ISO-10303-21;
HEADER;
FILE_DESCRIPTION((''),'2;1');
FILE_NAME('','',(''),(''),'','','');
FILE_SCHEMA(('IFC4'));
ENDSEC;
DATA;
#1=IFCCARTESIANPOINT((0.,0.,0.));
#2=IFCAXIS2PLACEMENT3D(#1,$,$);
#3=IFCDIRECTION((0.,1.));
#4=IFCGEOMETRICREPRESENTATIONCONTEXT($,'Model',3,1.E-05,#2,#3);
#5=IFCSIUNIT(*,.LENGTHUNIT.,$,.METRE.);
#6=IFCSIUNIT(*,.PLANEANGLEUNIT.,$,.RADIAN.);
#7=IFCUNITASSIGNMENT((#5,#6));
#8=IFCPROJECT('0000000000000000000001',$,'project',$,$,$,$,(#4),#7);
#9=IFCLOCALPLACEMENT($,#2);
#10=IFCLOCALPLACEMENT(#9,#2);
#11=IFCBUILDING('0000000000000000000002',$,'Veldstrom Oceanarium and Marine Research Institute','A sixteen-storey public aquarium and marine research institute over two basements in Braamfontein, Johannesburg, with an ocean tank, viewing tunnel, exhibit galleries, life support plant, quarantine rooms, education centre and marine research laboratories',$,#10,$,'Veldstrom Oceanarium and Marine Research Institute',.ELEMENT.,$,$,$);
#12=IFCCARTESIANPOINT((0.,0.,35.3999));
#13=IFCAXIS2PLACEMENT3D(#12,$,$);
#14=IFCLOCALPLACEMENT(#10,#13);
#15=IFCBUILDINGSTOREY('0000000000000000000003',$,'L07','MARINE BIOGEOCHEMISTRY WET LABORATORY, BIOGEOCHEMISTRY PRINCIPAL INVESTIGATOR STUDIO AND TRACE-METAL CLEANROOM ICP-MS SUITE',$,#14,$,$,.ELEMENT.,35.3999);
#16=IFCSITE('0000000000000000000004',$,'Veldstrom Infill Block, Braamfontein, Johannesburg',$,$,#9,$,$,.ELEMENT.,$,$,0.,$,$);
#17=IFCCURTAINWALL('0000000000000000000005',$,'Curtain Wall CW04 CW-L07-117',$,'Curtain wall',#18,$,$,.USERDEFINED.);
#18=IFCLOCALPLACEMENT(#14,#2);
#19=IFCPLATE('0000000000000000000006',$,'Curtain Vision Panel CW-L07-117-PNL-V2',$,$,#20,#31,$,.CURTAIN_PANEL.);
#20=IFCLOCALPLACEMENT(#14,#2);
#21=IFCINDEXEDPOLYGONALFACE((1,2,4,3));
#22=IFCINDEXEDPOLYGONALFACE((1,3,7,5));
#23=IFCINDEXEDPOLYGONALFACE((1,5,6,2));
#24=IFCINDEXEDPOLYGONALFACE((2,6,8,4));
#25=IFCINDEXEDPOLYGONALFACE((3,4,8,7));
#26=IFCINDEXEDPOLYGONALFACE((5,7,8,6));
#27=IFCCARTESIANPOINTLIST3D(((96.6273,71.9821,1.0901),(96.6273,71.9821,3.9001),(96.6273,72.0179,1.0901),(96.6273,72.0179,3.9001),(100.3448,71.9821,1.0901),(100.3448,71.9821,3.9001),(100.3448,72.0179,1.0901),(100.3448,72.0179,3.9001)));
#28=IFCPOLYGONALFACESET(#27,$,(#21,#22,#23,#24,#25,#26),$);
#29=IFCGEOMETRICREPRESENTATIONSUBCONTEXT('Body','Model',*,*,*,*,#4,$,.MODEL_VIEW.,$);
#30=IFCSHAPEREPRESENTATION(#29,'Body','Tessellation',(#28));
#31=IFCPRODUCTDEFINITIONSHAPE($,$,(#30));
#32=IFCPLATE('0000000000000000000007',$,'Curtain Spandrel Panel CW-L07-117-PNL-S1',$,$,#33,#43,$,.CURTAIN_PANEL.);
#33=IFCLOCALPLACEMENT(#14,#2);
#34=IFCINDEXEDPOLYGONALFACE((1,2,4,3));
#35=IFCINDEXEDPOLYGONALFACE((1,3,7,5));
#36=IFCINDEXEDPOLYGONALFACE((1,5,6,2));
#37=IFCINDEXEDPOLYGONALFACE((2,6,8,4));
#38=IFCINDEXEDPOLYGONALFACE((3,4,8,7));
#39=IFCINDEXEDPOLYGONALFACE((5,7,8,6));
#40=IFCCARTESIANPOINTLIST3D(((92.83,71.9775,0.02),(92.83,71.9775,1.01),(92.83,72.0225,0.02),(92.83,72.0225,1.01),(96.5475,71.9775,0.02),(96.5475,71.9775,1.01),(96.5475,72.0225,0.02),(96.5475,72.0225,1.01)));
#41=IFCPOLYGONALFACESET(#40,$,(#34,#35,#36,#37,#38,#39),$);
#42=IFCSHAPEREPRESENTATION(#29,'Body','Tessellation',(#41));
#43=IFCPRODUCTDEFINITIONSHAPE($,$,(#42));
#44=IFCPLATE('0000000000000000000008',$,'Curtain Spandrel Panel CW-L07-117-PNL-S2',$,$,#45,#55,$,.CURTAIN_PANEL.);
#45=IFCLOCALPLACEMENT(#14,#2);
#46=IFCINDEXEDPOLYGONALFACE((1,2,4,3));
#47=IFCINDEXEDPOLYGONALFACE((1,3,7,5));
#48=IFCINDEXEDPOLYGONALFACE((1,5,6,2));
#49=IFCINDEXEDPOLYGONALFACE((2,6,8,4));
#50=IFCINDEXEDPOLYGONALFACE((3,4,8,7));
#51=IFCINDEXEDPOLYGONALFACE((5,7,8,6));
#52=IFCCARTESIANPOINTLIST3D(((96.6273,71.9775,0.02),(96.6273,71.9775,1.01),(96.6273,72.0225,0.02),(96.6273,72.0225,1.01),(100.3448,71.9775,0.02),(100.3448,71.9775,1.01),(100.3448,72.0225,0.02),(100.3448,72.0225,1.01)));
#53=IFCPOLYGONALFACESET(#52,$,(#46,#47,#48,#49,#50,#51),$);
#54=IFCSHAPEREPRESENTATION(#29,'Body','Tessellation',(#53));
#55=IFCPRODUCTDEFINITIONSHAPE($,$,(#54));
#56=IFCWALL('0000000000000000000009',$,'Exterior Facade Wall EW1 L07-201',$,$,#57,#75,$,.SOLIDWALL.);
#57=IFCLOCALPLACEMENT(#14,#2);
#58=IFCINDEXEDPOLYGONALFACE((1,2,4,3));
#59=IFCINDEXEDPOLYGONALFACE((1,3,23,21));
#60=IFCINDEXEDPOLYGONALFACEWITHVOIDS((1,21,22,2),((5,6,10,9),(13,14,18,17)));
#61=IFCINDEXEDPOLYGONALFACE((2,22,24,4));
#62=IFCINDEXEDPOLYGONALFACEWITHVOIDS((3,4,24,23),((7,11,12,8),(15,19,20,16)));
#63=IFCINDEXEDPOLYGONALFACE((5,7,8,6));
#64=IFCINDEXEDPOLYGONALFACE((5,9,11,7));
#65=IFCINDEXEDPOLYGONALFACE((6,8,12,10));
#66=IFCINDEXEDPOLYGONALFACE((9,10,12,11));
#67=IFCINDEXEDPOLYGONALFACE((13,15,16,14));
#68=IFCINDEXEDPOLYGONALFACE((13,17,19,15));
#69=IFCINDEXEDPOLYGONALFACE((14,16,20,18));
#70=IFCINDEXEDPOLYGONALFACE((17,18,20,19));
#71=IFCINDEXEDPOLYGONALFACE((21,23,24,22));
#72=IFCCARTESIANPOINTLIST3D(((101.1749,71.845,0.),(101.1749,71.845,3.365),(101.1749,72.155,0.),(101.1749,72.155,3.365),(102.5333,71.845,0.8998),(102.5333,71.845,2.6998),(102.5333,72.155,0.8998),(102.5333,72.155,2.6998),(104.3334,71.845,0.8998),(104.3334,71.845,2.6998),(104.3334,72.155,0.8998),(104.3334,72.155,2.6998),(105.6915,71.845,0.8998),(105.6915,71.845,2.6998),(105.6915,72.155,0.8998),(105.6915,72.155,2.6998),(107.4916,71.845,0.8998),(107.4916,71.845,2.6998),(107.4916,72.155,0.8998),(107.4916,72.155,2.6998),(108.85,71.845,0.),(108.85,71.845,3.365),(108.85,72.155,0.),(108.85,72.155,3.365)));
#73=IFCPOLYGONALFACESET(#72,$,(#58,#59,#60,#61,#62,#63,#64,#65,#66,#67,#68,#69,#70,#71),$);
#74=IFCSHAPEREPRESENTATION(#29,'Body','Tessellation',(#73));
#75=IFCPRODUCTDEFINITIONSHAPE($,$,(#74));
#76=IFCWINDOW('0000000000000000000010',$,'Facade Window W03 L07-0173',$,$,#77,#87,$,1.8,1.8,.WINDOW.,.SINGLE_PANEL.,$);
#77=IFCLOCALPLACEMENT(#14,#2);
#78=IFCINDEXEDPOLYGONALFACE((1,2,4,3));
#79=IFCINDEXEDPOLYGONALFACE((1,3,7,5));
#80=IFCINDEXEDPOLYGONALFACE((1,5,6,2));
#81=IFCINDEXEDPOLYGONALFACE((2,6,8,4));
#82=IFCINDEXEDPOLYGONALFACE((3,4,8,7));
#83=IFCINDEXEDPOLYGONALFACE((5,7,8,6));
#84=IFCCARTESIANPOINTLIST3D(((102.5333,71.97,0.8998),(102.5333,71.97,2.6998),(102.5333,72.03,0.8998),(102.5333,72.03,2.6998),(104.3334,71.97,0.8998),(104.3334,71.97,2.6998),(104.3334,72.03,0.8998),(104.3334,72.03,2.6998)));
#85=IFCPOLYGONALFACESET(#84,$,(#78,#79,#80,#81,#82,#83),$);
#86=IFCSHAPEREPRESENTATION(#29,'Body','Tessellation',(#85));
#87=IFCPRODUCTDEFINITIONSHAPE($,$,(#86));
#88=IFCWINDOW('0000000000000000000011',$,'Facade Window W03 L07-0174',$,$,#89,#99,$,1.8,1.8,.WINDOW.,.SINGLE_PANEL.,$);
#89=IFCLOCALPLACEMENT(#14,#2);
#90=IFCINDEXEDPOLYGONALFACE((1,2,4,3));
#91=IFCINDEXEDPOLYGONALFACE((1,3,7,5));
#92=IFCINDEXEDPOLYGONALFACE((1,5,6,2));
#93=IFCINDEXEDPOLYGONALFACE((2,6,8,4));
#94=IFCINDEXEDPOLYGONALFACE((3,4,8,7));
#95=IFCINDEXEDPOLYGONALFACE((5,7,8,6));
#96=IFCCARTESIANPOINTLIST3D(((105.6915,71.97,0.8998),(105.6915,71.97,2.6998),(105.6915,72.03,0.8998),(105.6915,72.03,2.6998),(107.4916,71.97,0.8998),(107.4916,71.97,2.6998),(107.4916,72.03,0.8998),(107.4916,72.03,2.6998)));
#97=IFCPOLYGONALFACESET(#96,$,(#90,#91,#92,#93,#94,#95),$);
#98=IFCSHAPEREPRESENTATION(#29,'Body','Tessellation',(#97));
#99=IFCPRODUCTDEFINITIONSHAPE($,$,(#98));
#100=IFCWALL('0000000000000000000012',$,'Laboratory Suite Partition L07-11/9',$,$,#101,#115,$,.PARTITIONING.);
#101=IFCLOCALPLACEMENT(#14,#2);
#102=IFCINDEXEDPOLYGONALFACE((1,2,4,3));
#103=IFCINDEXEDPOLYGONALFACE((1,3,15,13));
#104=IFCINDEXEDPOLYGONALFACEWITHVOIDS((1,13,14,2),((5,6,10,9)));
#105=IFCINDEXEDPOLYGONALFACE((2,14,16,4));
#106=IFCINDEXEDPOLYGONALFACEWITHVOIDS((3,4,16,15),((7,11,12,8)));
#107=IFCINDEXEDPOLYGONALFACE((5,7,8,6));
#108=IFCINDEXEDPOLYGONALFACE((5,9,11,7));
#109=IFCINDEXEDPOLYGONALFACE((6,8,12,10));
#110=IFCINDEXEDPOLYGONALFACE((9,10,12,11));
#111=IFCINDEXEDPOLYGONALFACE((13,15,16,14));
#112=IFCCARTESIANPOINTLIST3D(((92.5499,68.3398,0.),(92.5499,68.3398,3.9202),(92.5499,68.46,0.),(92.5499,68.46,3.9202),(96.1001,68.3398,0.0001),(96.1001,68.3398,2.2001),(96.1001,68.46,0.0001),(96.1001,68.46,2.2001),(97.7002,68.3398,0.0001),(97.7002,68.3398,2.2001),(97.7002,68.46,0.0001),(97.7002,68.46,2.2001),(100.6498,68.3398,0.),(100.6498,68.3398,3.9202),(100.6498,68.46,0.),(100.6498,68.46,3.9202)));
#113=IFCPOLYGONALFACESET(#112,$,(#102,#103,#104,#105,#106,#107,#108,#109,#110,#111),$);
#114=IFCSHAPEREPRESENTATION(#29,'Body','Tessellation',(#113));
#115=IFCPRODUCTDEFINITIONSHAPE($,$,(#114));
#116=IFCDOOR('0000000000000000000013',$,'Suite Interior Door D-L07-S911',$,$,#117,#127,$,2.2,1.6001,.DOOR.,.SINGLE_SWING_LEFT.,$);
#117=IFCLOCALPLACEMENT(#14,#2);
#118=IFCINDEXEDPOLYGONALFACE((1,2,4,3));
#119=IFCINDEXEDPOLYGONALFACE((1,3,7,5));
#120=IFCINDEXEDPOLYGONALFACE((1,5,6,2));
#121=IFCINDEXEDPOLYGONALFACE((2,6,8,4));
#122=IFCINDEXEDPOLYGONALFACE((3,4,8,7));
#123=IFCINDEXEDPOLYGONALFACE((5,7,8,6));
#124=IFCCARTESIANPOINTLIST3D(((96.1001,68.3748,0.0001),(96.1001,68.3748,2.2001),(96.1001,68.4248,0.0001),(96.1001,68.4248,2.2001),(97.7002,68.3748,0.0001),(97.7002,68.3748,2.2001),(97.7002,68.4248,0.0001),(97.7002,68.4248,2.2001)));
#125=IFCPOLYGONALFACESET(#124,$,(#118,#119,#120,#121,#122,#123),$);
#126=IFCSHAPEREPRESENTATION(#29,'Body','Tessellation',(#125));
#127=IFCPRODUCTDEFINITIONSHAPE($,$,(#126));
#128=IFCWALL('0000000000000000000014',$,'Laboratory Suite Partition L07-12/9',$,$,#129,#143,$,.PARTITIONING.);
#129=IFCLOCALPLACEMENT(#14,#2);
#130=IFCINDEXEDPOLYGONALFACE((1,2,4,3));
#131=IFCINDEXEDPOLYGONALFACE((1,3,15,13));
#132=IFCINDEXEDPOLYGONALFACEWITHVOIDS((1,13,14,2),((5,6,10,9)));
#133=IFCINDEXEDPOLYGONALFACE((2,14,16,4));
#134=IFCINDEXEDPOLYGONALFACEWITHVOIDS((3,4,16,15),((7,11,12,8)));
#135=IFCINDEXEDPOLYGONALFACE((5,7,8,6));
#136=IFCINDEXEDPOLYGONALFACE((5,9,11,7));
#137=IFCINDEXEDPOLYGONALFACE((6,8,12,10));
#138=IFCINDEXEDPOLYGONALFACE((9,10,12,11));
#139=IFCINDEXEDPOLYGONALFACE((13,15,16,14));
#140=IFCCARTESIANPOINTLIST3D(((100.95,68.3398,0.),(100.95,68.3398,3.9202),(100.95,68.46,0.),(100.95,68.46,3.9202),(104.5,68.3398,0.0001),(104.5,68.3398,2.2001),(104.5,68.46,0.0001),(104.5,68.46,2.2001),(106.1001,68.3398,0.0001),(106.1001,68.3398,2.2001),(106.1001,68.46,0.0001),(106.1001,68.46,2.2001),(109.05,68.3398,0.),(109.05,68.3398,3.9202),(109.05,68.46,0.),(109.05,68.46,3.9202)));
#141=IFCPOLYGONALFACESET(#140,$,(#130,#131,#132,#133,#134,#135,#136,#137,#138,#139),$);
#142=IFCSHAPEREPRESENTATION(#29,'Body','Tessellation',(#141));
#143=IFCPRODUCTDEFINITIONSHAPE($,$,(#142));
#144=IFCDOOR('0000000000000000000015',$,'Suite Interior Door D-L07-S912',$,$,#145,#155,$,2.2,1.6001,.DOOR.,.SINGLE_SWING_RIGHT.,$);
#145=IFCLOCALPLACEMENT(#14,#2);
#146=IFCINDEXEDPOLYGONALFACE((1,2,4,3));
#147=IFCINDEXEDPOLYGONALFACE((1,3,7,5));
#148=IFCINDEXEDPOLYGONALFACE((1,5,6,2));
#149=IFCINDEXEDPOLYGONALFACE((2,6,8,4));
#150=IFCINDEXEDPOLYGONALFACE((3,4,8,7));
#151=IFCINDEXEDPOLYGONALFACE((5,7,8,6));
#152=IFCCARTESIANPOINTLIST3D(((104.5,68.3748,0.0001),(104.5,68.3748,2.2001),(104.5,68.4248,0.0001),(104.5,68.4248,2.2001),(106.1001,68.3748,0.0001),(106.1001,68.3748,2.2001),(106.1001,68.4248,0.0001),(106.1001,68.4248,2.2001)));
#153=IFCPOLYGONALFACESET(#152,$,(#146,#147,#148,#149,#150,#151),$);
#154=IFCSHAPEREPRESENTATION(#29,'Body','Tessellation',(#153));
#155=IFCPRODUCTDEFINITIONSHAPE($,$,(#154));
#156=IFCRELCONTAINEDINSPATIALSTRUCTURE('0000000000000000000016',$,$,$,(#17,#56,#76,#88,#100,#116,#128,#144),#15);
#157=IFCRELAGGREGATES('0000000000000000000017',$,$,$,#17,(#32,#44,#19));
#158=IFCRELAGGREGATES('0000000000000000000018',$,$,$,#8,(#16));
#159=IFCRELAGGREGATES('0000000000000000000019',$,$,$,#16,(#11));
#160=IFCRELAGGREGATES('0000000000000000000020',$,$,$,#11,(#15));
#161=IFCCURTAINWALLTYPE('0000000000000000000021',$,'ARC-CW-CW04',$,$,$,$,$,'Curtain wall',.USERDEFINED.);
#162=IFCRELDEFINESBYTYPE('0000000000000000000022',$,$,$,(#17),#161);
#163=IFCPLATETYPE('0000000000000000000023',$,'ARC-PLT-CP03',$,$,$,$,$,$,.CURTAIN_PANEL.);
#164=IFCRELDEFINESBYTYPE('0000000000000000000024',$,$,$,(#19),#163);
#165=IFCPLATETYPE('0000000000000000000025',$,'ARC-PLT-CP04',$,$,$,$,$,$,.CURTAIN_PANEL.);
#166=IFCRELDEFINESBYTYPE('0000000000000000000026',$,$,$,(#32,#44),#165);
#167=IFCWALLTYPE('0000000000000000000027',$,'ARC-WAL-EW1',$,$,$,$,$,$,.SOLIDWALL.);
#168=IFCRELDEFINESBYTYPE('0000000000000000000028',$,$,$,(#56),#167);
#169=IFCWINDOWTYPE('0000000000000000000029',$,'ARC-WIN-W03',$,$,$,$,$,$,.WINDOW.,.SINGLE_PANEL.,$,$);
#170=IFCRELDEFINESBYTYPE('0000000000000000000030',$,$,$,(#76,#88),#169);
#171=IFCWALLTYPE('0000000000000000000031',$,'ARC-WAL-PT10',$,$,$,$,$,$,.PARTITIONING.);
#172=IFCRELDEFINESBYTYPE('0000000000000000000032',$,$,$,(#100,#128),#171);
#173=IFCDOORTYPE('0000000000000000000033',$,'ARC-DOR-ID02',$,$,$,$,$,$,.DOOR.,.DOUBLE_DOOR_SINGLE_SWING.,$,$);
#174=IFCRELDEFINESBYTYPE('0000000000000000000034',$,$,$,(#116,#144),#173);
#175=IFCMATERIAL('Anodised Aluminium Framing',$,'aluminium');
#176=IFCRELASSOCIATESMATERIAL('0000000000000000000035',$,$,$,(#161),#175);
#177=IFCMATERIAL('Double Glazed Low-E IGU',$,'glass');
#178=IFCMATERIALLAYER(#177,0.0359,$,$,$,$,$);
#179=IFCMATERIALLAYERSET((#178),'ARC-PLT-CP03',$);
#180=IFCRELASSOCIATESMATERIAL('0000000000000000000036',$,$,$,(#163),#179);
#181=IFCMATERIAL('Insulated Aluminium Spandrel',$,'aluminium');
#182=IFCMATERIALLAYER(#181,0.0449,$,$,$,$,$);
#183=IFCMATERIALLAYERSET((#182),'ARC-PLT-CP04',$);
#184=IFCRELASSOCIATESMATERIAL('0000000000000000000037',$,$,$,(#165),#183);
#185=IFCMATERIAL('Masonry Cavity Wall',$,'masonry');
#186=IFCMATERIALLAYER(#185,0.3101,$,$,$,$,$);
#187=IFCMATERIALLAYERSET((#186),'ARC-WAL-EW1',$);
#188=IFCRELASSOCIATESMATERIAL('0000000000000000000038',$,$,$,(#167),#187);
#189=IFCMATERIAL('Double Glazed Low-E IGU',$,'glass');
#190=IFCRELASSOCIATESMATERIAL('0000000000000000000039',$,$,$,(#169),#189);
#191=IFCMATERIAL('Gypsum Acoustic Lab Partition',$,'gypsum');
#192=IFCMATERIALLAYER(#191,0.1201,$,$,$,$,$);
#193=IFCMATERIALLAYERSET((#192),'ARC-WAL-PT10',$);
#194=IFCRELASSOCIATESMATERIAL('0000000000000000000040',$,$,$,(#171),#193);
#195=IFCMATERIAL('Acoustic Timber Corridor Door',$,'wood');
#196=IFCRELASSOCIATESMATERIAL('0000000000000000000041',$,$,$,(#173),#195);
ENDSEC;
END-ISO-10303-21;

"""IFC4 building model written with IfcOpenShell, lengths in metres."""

from ifc_helpers import new_model, si_unit, direction, frame, frame_2d, origin, origin_2d, place, context, subcontext, project, spatial, rectangle, extrude, material, layer, layer_set, type_object, element, fill, aggregate, save


model = new_model("IFC4")

# Units and contexts
model_context = context("Model", 3, precision=1e-05, world=origin(), true_north=direction((0.0, 1.0)))
body_context = subcontext(model_context, "Body", "Model", "MODEL_VIEW")
ifc_project = project(units=[si_unit("LENGTHUNIT", "METRE"), si_unit("PLANEANGLEUNIT", "RADIAN")], contexts=[model_context])

# Site, building, storey
site_placement = place(None, origin())
site = spatial("IfcSite", under=ifc_project, at=site_placement, Name="Veldstrom Infill Block, Braamfontein, Johannesburg", CompositionType="ELEMENT", RefElevation=0.0)
building_placement = place(site_placement, origin())
building = spatial("IfcBuilding", under=site, at=building_placement, Name="Veldstrom Oceanarium and Marine Research Institute", Description="A sixteen-storey public aquarium and marine research institute over two basements in Braamfontein, Johannesburg, with an ocean tank, viewing tunnel, exhibit galleries, life support plant, quarantine rooms, education centre and marine research laboratories", LongName="Veldstrom Oceanarium and Marine Research Institute", CompositionType="ELEMENT")
storey_placement = place(building_placement, frame((0.0, 0.0, 35.3999)))
storey = spatial("IfcBuildingStorey", under=building, at=storey_placement, Name="L07", Description="MARINE BIOGEOCHEMISTRY WET LABORATORY, BIOGEOCHEMISTRY PRINCIPAL INVESTIGATOR STUDIO AND TRACE-METAL CLEANROOM ICP-MS SUITE", CompositionType="ELEMENT", Elevation=35.3999)

# Curtain wall
ifc_material_1 = material(Name="Anodised Aluminium Framing", Category="aluminium")
curtain_wall_type = type_object("IfcCurtainWallType", Name="ARC-CW-CW04", ElementType="Curtain wall", PredefinedType="USERDEFINED", material=ifc_material_1)
curtain_wall_placement = place(storey_placement, origin())
curtain_wall = element("IfcCurtainWall", 1, at=curtain_wall_placement, inside=storey, type_object=curtain_wall_type, Name="Curtain Wall CW04 CW-L07-117", ObjectType="Curtain wall", PredefinedType="USERDEFINED")

# Plates
ifc_material_2 = material(Name="Double Glazed Low-E IGU", Category="glass")
ifc_layer_1 = layer(ifc_material_2, 0.0359)
ifc_layer_set_1 = layer_set([ifc_layer_1], Name="ARC-PLT-CP03")
plate_type_1 = type_object("IfcPlateType", Name="ARC-PLT-CP03", PredefinedType="CURTAIN_PANEL", material=ifc_layer_set_1)
plate_1_placement = place(storey_placement, frame((98.4861, 72.0, 1.0901), z_axis=(0.0, 0.0, 1.0), x_axis=(1.0, 0.0, 0.0)))
plate_1 = element("IfcPlate", 2, at=plate_1_placement, type_object=plate_type_1, Name="Curtain Vision Panel CW-L07-117-PNL-V2", PredefinedType="CURTAIN_PANEL", context=body_context, shape_type="SweptSolid", body=[
    extrude(rectangle(XDim=3.7175, YDim=0.0359, at=origin_2d()), origin(), (0.0, 0.0, 1.0), 2.8101),
])
ifc_material_3 = material(Name="Insulated Aluminium Spandrel", Category="aluminium")
ifc_layer_2 = layer(ifc_material_3, 0.0449)
ifc_layer_set_2 = layer_set([ifc_layer_2], Name="ARC-PLT-CP04")
plate_type_2 = type_object("IfcPlateType", Name="ARC-PLT-CP04", PredefinedType="CURTAIN_PANEL", material=ifc_layer_set_2)
plate_2_placement = place(storey_placement, frame((94.6887, 72.0, 0.02), z_axis=(0.0, 0.0, 1.0), x_axis=(1.0, 0.0, 0.0)))
plate_2 = element("IfcPlate", 3, at=plate_2_placement, type_object=plate_type_2, Name="Curtain Spandrel Panel CW-L07-117-PNL-S1", PredefinedType="CURTAIN_PANEL", context=body_context, shape_type="SweptSolid", body=[
    extrude(rectangle(XDim=3.7175, YDim=0.0449, at=origin_2d()), origin(), (0.0, 0.0, 1.0), 0.99),
])
plate_3_placement = place(storey_placement, frame((98.4861, 72.0, 0.02), z_axis=(0.0, 0.0, 1.0), x_axis=(1.0, 0.0, 0.0)))
plate_3 = element("IfcPlate", 4, at=plate_3_placement, type_object=plate_type_2, Name="Curtain Spandrel Panel CW-L07-117-PNL-S2", PredefinedType="CURTAIN_PANEL", context=body_context, shape_type="SweptSolid", body=[
    extrude(rectangle(XDim=3.7175, YDim=0.0449, at=origin_2d()), origin(), (0.0, 0.0, 1.0), 0.99),
])
aggregate(curtain_wall, [plate_2, plate_3, plate_1])

# Wall, openings, windows
ifc_material_4 = material(Name="Masonry Cavity Wall", Category="masonry")
ifc_layer_3 = layer(ifc_material_4, 0.3101)
ifc_layer_set_3 = layer_set([ifc_layer_3], Name="ARC-WAL-EW1")
wall_type_1 = type_object("IfcWallType", Name="ARC-WAL-EW1", PredefinedType="SOLIDWALL", material=ifc_layer_set_3)
wall_1_placement = place(storey_placement, frame((101.175, 72.0, 0.0), z_axis=(0.0, 0.0, 1.0), x_axis=(1.0, 0.0, 0.0)))
wall_1 = element("IfcWall", 5, at=wall_1_placement, inside=storey, type_object=wall_type_1, Name="Exterior Facade Wall EW1 L07-201", PredefinedType="SOLIDWALL", context=body_context, shape_type="SweptSolid", body=[
    extrude(rectangle(XDim=7.675, YDim=0.3101, at=frame_2d((3.8374, 0.0))), origin(), (0.0, 0.0, 1.0), 3.365),
])
opening_1_placement = place(wall_1_placement, frame((1.3584, 0.0, 0.8999)))
opening_1 = element("IfcOpeningElement", 6, at=opening_1_placement, cuts=wall_1, PredefinedType="OPENING", context=body_context, shape_type="SweptSolid", body=[
    extrude(rectangle(XDim=1.8, YDim=1.8, at=frame_2d((0.8999, 0.8999))), frame((0.0, 0.165, 0.0), z_axis=(0.0, -1.0, 0.0), x_axis=(1.0, 0.0, 0.0)), (0.0, 0.0, 1.0), 0.3301),
])
opening_2_placement = place(wall_1_placement, frame((4.5166, 0.0, 0.8999)))
opening_2 = element("IfcOpeningElement", 7, at=opening_2_placement, cuts=wall_1, PredefinedType="OPENING", context=body_context, shape_type="SweptSolid", body=[
    extrude(rectangle(XDim=1.8, YDim=1.8, at=frame_2d((0.8999, 0.8999))), frame((0.0, 0.165, 0.0), z_axis=(0.0, -1.0, 0.0), x_axis=(1.0, 0.0, 0.0)), (0.0, 0.0, 1.0), 0.3301),
])
ifc_material_5 = material(Name="Double Glazed Low-E IGU", Category="glass")
window_type = type_object("IfcWindowType", Name="ARC-WIN-W03", PartitioningType="SINGLE_PANEL", PredefinedType="WINDOW", material=ifc_material_5)
window_1_placement = place(opening_1_placement, origin())
window_1 = element("IfcWindow", 8, at=window_1_placement, inside=storey, type_object=window_type, Name="Facade Window W03 L07-0173", OverallHeight=1.8, OverallWidth=1.8, PartitioningType="SINGLE_PANEL", PredefinedType="WINDOW", context=body_context, shape_type="SweptSolid", body=[
    extrude(rectangle(XDim=1.8, YDim=1.8, at=frame_2d((0.8999, 0.8999))), frame((0.0, 0.03, 0.0), z_axis=(0.0, -1.0, 0.0), x_axis=(1.0, 0.0, 0.0)), (0.0, 0.0, 1.0), 0.0601),
])
fill(opening_1, window_1)
window_2_placement = place(opening_2_placement, origin())
window_2 = element("IfcWindow", 9, at=window_2_placement, inside=storey, type_object=window_type, Name="Facade Window W03 L07-0174", OverallHeight=1.8, OverallWidth=1.8, PartitioningType="SINGLE_PANEL", PredefinedType="WINDOW", context=body_context, shape_type="SweptSolid", body=[
    extrude(rectangle(XDim=1.8, YDim=1.8, at=frame_2d((0.8999, 0.8999))), frame((0.0, 0.03, 0.0), z_axis=(0.0, -1.0, 0.0), x_axis=(1.0, 0.0, 0.0)), (0.0, 0.0, 1.0), 0.0601),
])
fill(opening_2, window_2)

# Walls, openings, doors
ifc_material_6 = material(Name="Gypsum Acoustic Lab Partition", Category="gypsum")
ifc_layer_4 = layer(ifc_material_6, 0.1201)
ifc_layer_set_4 = layer_set([ifc_layer_4], Name="ARC-WAL-PT10")
wall_type_2 = type_object("IfcWallType", Name="ARC-WAL-PT10", PredefinedType="PARTITIONING", material=ifc_layer_set_4)
wall_2_placement = place(storey_placement, frame((92.55, 68.3999, 0.0), z_axis=(0.0, 0.0, 1.0), x_axis=(1.0, 0.0, 0.0)))
wall_2 = element("IfcWall", 10, at=wall_2_placement, inside=storey, type_object=wall_type_2, Name="Laboratory Suite Partition L07-11/9", PredefinedType="PARTITIONING", context=body_context, shape_type="SweptSolid", body=[
    extrude(rectangle(XDim=8.0999, YDim=0.1201, at=frame_2d((4.0498, 0.0))), origin(), (0.0, 0.0, 1.0), 3.9202),
])
opening_3_placement = place(wall_2_placement, frame((3.55, 0.0, 0.0)))
opening_3 = element("IfcOpeningElement", 11, at=opening_3_placement, cuts=wall_2, PredefinedType="OPENING", context=body_context, shape_type="SweptSolid", body=[
    extrude(rectangle(XDim=1.6001, YDim=2.2, at=frame_2d((0.8, 1.1001))), frame((0.0, 0.0701, 0.0), z_axis=(0.0, -1.0, 0.0), x_axis=(1.0, 0.0, 0.0)), (0.0, 0.0, 1.0), 0.1401),
])
ifc_material_7 = material(Name="Acoustic Timber Corridor Door", Category="wood")
door_type = type_object("IfcDoorType", Name="ARC-DOR-ID02", OperationType="DOUBLE_DOOR_SINGLE_SWING", PredefinedType="DOOR", material=ifc_material_7)
door_1_placement = place(opening_3_placement, origin())
door_1 = element("IfcDoor", 12, at=door_1_placement, inside=storey, type_object=door_type, Name="Suite Interior Door D-L07-S911", OperationType="SINGLE_SWING_LEFT", OverallHeight=2.2, OverallWidth=1.6001, PredefinedType="DOOR", context=body_context, shape_type="SweptSolid", body=[
    extrude(rectangle(XDim=1.6001, YDim=2.2, at=frame_2d((0.8, 1.1001))), frame((0.0, 0.0249, 0.0), z_axis=(0.0, -1.0, 0.0), x_axis=(1.0, 0.0, 0.0)), (0.0, 0.0, 1.0), 0.05),
])
fill(opening_3, door_1)
wall_3_placement = place(storey_placement, frame((100.95, 68.3999, 0.0), z_axis=(0.0, 0.0, 1.0), x_axis=(1.0, 0.0, 0.0)))
wall_3 = element("IfcWall", 13, at=wall_3_placement, inside=storey, type_object=wall_type_2, Name="Laboratory Suite Partition L07-12/9", PredefinedType="PARTITIONING", context=body_context, shape_type="SweptSolid", body=[
    extrude(rectangle(XDim=8.1001, YDim=0.1201, at=frame_2d((4.05, 0.0))), origin(), (0.0, 0.0, 1.0), 3.9202),
])
opening_4_placement = place(wall_3_placement, frame((3.55, 0.0, 0.0)))
opening_4 = element("IfcOpeningElement", 14, at=opening_4_placement, cuts=wall_3, PredefinedType="OPENING", context=body_context, shape_type="SweptSolid", body=[
    extrude(rectangle(XDim=1.6001, YDim=2.2, at=frame_2d((0.8, 1.1001))), frame((0.0, 0.0701, 0.0), z_axis=(0.0, -1.0, 0.0), x_axis=(1.0, 0.0, 0.0)), (0.0, 0.0, 1.0), 0.1401),
])
door_2_placement = place(opening_4_placement, origin())
door_2 = element("IfcDoor", 15, at=door_2_placement, inside=storey, type_object=door_type, Name="Suite Interior Door D-L07-S912", OperationType="SINGLE_SWING_RIGHT", OverallHeight=2.2, OverallWidth=1.6001, PredefinedType="DOOR", context=body_context, shape_type="SweptSolid", body=[
    extrude(rectangle(XDim=1.6001, YDim=2.2, at=frame_2d((0.8, 1.1001))), frame((0.0, 0.0249, 0.0), z_axis=(0.0, -1.0, 0.0), x_axis=(1.0, 0.0, 0.0)), (0.0, 0.0, 1.0), 0.05),
])
fill(opening_4, door_2)

save(model, "model.ifc")
